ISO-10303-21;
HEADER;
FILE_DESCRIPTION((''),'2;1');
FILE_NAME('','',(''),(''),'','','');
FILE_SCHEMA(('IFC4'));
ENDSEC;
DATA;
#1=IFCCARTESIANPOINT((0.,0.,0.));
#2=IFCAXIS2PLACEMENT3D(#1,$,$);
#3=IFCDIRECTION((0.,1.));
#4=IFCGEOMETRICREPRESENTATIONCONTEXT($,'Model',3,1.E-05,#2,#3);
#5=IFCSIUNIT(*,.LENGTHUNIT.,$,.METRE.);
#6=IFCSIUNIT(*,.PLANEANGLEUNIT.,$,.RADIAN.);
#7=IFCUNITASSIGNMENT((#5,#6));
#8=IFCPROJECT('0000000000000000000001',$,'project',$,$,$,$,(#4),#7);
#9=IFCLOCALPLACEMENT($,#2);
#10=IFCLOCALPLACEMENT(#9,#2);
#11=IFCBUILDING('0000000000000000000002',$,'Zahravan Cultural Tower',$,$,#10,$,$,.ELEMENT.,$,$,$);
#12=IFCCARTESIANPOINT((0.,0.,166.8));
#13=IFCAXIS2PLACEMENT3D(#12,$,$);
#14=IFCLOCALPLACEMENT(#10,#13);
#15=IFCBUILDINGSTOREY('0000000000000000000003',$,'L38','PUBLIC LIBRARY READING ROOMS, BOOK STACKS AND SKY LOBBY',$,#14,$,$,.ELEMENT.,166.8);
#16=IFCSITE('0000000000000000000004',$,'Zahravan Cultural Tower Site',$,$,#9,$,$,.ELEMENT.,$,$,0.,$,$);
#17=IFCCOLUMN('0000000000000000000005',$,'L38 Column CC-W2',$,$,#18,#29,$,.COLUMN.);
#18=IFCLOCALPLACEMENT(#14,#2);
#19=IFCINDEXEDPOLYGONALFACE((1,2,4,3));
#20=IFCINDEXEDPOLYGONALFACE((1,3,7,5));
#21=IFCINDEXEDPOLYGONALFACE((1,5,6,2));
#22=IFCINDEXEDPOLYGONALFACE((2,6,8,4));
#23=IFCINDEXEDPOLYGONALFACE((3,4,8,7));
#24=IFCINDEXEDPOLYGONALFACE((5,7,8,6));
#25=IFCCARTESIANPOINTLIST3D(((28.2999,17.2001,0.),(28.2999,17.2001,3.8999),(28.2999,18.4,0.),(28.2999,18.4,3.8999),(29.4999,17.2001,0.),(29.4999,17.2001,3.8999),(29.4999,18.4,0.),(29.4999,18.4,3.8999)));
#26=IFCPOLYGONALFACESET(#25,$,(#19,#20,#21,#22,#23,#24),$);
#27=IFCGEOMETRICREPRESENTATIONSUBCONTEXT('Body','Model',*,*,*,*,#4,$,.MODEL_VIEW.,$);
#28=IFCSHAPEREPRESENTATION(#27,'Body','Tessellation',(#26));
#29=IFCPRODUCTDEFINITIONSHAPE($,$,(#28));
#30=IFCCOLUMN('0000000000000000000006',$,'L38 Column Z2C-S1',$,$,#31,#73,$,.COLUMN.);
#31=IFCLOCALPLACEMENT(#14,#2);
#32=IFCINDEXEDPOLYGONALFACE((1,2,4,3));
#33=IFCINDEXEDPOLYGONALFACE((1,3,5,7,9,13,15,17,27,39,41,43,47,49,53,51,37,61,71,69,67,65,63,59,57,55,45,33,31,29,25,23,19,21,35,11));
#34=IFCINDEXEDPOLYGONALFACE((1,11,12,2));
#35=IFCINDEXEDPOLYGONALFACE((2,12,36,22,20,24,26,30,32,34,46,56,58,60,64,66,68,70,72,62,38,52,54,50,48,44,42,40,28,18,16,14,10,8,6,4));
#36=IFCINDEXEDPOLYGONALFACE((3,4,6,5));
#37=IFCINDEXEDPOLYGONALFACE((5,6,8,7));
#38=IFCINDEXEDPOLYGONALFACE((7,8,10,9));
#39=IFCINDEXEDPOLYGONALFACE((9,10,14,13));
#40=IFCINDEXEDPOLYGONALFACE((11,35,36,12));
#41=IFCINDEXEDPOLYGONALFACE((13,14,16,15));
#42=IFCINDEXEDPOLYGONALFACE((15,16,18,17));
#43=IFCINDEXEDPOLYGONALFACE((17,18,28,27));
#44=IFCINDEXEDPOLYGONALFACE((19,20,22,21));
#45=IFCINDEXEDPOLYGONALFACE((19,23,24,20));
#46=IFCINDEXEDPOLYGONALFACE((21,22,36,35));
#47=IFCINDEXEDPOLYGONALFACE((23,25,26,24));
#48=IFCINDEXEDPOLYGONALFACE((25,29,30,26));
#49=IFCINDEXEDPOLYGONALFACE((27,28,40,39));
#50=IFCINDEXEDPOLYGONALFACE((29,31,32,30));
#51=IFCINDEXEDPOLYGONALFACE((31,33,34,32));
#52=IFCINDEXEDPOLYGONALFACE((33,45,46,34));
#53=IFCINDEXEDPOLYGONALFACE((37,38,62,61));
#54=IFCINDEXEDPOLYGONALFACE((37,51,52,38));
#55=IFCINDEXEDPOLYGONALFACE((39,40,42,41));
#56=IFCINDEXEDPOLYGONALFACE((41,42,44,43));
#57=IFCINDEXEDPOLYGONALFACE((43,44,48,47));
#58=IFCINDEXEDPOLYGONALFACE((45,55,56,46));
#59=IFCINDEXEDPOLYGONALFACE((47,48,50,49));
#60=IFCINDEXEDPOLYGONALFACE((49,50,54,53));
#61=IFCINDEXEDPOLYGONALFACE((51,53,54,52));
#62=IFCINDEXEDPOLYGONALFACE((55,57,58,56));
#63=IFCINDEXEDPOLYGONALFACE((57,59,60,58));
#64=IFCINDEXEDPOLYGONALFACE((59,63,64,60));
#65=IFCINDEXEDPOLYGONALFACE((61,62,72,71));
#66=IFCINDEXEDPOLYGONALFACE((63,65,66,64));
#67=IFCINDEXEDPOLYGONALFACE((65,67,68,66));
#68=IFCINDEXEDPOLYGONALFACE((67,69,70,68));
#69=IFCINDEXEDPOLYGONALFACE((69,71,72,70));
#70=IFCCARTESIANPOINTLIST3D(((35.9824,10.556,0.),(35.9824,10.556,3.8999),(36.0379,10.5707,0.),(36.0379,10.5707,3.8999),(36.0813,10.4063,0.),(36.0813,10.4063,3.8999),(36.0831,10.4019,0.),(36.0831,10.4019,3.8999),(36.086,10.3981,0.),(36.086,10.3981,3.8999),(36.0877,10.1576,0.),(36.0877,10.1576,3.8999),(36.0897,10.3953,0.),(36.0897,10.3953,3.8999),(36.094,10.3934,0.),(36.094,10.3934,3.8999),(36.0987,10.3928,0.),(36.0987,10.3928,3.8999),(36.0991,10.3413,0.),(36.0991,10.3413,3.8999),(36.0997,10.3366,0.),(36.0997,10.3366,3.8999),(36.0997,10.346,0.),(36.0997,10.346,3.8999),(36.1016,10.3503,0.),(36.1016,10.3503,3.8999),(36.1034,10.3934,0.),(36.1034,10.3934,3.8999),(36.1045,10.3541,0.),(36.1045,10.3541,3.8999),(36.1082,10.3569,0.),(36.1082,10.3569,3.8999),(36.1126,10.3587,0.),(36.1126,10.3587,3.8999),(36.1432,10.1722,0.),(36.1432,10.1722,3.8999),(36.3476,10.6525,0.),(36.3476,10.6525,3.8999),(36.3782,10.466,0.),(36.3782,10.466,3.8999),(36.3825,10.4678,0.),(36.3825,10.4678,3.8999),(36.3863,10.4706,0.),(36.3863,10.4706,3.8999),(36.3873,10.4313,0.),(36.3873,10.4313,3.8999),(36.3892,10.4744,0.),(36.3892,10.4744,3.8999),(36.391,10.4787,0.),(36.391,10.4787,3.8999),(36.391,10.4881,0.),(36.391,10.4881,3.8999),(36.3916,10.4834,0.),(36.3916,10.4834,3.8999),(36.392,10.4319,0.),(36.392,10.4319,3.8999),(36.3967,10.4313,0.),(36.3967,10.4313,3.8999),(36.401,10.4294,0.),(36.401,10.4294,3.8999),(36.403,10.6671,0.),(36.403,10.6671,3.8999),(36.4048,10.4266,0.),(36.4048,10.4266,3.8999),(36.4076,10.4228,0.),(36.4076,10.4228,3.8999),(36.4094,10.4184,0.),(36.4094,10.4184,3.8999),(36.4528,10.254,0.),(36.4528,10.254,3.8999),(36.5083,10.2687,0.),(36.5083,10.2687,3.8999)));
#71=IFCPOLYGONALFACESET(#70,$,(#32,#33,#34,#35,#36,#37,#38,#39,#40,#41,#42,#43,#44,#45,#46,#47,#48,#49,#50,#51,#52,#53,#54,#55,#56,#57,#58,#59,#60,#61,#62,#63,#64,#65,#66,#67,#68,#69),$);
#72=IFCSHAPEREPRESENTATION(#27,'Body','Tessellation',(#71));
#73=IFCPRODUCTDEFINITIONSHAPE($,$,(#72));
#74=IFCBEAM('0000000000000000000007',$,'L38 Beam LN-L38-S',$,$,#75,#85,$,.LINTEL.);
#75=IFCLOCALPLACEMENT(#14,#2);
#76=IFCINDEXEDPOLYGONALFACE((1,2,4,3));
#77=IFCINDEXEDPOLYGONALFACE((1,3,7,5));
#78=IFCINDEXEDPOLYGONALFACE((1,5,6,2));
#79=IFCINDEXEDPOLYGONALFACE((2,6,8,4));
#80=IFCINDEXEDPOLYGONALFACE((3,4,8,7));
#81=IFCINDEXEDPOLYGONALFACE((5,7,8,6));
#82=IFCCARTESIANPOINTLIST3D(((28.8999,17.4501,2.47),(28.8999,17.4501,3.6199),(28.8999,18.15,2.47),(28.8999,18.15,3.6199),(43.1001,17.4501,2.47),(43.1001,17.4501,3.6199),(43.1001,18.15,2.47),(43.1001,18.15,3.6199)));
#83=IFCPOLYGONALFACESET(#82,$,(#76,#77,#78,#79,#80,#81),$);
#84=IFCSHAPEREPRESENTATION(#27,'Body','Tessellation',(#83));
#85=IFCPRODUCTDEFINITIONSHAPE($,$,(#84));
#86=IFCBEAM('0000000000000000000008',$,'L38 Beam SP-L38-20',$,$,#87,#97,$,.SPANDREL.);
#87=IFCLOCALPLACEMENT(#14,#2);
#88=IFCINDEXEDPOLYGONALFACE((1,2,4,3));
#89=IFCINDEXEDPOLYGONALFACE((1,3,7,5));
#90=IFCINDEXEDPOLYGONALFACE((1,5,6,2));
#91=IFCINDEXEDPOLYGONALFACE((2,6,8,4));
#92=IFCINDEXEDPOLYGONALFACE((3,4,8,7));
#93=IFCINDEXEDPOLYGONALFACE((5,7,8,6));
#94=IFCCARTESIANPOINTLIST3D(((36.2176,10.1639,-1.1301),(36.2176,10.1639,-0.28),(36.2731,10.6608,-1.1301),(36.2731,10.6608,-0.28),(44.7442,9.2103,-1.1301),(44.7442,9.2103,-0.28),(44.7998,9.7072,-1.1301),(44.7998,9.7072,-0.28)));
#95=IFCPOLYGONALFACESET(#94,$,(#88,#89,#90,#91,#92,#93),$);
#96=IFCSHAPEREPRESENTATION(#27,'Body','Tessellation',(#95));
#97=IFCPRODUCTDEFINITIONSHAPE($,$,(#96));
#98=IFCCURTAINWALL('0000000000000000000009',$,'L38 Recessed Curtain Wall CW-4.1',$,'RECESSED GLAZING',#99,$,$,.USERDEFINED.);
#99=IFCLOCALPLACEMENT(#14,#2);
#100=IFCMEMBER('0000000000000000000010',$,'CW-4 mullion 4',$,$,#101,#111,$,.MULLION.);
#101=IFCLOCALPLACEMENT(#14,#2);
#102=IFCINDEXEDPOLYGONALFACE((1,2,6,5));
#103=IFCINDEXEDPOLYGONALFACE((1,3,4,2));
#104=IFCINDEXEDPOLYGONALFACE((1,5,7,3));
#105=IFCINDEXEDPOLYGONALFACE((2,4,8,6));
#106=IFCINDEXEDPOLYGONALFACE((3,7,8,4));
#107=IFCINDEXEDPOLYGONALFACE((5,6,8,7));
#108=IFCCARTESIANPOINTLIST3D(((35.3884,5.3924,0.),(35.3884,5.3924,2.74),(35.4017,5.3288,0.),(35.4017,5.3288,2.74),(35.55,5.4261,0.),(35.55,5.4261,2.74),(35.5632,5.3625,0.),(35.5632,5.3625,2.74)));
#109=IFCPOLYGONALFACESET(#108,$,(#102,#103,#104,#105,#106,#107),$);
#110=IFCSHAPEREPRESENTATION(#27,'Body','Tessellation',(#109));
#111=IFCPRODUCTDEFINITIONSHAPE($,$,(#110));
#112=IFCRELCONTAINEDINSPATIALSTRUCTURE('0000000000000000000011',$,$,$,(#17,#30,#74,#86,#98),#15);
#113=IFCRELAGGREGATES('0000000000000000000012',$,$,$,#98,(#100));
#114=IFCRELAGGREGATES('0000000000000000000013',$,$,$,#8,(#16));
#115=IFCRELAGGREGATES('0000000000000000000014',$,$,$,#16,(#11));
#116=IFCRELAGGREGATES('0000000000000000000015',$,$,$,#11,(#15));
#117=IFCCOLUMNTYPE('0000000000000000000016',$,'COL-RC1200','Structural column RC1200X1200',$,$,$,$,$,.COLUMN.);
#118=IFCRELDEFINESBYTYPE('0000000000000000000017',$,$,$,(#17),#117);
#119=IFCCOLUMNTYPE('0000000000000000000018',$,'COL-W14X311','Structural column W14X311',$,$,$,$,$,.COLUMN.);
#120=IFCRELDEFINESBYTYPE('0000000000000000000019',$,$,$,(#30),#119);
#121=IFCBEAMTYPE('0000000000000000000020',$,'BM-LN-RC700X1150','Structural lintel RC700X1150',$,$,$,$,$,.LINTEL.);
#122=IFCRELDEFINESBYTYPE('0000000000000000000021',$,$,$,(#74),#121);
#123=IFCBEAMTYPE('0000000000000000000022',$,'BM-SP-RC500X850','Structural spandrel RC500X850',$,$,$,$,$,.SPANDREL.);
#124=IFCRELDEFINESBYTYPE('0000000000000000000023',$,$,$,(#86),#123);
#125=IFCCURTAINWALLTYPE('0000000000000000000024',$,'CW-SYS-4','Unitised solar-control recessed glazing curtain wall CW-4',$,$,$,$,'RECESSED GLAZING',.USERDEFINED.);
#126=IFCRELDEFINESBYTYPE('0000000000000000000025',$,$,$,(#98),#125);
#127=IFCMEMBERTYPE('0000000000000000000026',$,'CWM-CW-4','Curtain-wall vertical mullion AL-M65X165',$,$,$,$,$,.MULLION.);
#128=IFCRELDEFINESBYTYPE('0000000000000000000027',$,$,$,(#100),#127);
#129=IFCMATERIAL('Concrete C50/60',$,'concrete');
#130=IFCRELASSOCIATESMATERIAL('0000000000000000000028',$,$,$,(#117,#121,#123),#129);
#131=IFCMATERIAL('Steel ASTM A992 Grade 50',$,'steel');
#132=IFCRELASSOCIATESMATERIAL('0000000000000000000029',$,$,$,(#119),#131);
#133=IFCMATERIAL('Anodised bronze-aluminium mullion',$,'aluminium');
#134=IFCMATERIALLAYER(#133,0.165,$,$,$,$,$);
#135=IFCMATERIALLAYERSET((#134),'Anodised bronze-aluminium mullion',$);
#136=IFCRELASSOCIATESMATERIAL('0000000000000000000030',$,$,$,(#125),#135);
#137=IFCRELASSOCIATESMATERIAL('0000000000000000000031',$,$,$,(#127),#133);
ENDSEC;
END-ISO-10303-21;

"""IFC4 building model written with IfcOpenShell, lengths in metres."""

from ifc_helpers import new_model, si_unit, direction, frame, origin, origin_2d, place, context, subcontext, project, spatial, rectangle, i_section, extrude, source, transform, mapped, material, layer, layer_set, material_profile, profile_set, type_object, element, aggregate, save


model = new_model("IFC4")

# Units and contexts
model_context = context("Model", 3, precision=1e-05, world=origin(), true_north=direction((0.0, 1.0)))
body_context = subcontext(model_context, "Body", "Model", "MODEL_VIEW")
ifc_project = project(units=[si_unit("LENGTHUNIT", "METRE"), si_unit("PLANEANGLEUNIT", "RADIAN")], contexts=[model_context])

# Site, building, storey
site_placement = place(None, origin())
site = spatial("IfcSite", under=ifc_project, at=site_placement, Name="Zahravan Cultural Tower Site", CompositionType="ELEMENT", RefElevation=0.0)
building_placement = place(site_placement, origin())
building = spatial("IfcBuilding", under=site, at=building_placement, Name="Zahravan Cultural Tower", CompositionType="ELEMENT")
storey_placement = place(building_placement, frame((0.0, 0.0, 166.8)))
storey = spatial("IfcBuildingStorey", under=building, at=storey_placement, Name="L38", Description="PUBLIC LIBRARY READING ROOMS, BOOK STACKS AND SKY LOBBY", CompositionType="ELEMENT", Elevation=166.8)

# Columns
ifc_material_1 = material(Name="Concrete C50/60", Category="concrete")
ifc_material_profile_1 = material_profile(ifc_material_1, rectangle(XDim=1.2, YDim=1.2, at=origin_2d()), Name="RC1200X1200")
ifc_profile_set_1 = profile_set([ifc_material_profile_1], Name="Concrete C50/60")
column_type_1 = type_object("IfcColumnType", Name="COL-RC1200", Description="Structural column RC1200X1200", PredefinedType="COLUMN", material=ifc_profile_set_1)
shared_shape_1 = source(origin(), body_context, "Body", "SweptSolid", [
    extrude(rectangle(XDim=1.2, YDim=1.2, at=origin_2d()), origin(), (0.0, 0.0, 1.0), 3.8999),
])
column_1_placement = place(storey_placement, frame((28.8999, 17.8, 0.0), z_axis=(0.0, 0.0, 1.0), x_axis=(1.0, 0.0, 0.0)))
element("IfcColumn", 1, at=column_1_placement, inside=storey, type_object=column_type_1, Name="L38 Column CC-W2", PredefinedType="COLUMN", context=body_context, shape_type="MappedRepresentation", body=[
    mapped(shared_shape_1, transform((0.0, 0.0, 0.0), x_axis=(1.0, 0.0, 0.0), y_axis=(0.0, 1.0, 0.0), z_axis=(0.0, 0.0, 1.0), scale=1.0)),
])
ifc_material_2 = material(Name="Steel ASTM A992 Grade 50", Category="steel")
ifc_material_profile_2 = material_profile(ifc_material_2, i_section(OverallWidth=0.4121, OverallDepth=0.4351, WebThickness=0.0359, FlangeThickness=0.0574, FilletRadius=0.0181, at=origin_2d()), Name="W14X311")
ifc_profile_set_2 = profile_set([ifc_material_profile_2], Name="Steel ASTM A992 Grade 50")
column_type_2 = type_object("IfcColumnType", Name="COL-W14X311", Description="Structural column W14X311", PredefinedType="COLUMN", material=ifc_profile_set_2)
shared_shape_2 = source(origin(), body_context, "Body", "SweptSolid", [
    extrude(i_section(OverallWidth=0.4121, OverallDepth=0.4351, WebThickness=0.0359, FlangeThickness=0.0574, FilletRadius=0.0181, at=origin_2d()), origin(), (0.0, 0.0, 1.0), 3.8999),
])
column_2_placement = place(storey_placement, frame((36.2454, 10.4124, 0.0), z_axis=(0.0, 0.0, 1.0), x_axis=(-0.255446, 0.966823, 0.0)))
element("IfcColumn", 2, at=column_2_placement, inside=storey, type_object=column_type_2, Name="L38 Column Z2C-S1", PredefinedType="COLUMN", context=body_context, shape_type="MappedRepresentation", body=[
    mapped(shared_shape_2, transform((0.0, 0.0, 0.0), x_axis=(1.0, 0.0, 0.0), y_axis=(0.0, 1.0, 0.0), z_axis=(0.0, 0.0, 1.0), scale=1.0)),
])

# Beams
ifc_material_profile_3 = material_profile(ifc_material_1, rectangle(XDim=0.7, YDim=1.1499, at=origin_2d()), Name="RC700X1150")
ifc_profile_set_3 = profile_set([ifc_material_profile_3], Name="Concrete C50/60")
beam_type_1 = type_object("IfcBeamType", Name="BM-LN-RC700X1150", Description="Structural lintel RC700X1150", PredefinedType="LINTEL", material=ifc_profile_set_3)
shared_shape_3 = source(origin(), body_context, "Body", "SweptSolid", [
    extrude(rectangle(XDim=0.7, YDim=1.1499, at=origin_2d()), origin(), (0.0, 0.0, 1.0), 14.2002),
])
beam_1_placement = place(storey_placement, frame((28.8999, 17.8, 3.0449), z_axis=(1.0, 0.0, 0.0), x_axis=(0.0, 1.0, 0.0)))
element("IfcBeam", 3, at=beam_1_placement, inside=storey, type_object=beam_type_1, Name="L38 Beam LN-L38-S", PredefinedType="LINTEL", context=body_context, shape_type="MappedRepresentation", body=[
    mapped(shared_shape_3, transform((0.0, 0.0, 0.0), x_axis=(1.0, 0.0, 0.0), y_axis=(0.0, 1.0, 0.0), z_axis=(0.0, 0.0, 1.0), scale=1.0)),
])
ifc_material_profile_4 = material_profile(ifc_material_1, rectangle(XDim=0.5, YDim=0.8501, at=origin_2d()), Name="RC500X850")
ifc_profile_set_4 = profile_set([ifc_material_profile_4], Name="Concrete C50/60")
beam_type_2 = type_object("IfcBeamType", Name="BM-SP-RC500X850", Description="Structural spandrel RC500X850", PredefinedType="SPANDREL", material=ifc_profile_set_4)
shared_shape_4 = source(origin(), body_context, "Body", "SweptSolid", [
    extrude(rectangle(XDim=0.5, YDim=0.8501, at=origin_2d()), origin(), (0.0, 0.0, 1.0), 8.5798),
])
beam_2_placement = place(storey_placement, frame((36.2454, 10.4124, -0.7051), z_axis=(0.993804, -0.111147, 0.0), x_axis=(0.111147, 0.993804, 0.0)))
element("IfcBeam", 4, at=beam_2_placement, inside=storey, type_object=beam_type_2, Name="L38 Beam SP-L38-20", PredefinedType="SPANDREL", context=body_context, shape_type="MappedRepresentation", body=[
    mapped(shared_shape_4, transform((0.0, 0.0, 0.0), x_axis=(1.0, 0.0, 0.0), y_axis=(0.0, 1.0, 0.0), z_axis=(0.0, 0.0, 1.0), scale=1.0)),
])

# Curtain wall, member
ifc_material_3 = material(Name="Anodised bronze-aluminium mullion", Category="aluminium")
ifc_layer_1 = layer(ifc_material_3, 0.165)
ifc_layer_set_1 = layer_set([ifc_layer_1], Name="Anodised bronze-aluminium mullion")
curtain_wall_type = type_object("IfcCurtainWallType", Name="CW-SYS-4", Description="Unitised solar-control recessed glazing curtain wall CW-4", ElementType="RECESSED GLAZING", PredefinedType="USERDEFINED", material=ifc_layer_set_1)
curtain_wall_placement = place(storey_placement, origin())
curtain_wall = element("IfcCurtainWall", 5, at=curtain_wall_placement, inside=storey, type_object=curtain_wall_type, Name="L38 Recessed Curtain Wall CW-4.1", ObjectType="RECESSED GLAZING", PredefinedType="USERDEFINED")
ifc_material_profile_5 = material_profile(ifc_material_3, rectangle(XDim=0.0649, YDim=0.165, at=origin_2d()), Name="AL-M65X165")
ifc_profile_set_5 = profile_set([ifc_material_profile_5], Name="Anodised bronze-aluminium mullion")
member_type = type_object("IfcMemberType", Name="CWM-CW-4", Description="Curtain-wall vertical mullion AL-M65X165", PredefinedType="MULLION", material=ifc_profile_set_5)
shared_shape_5 = source(origin(), body_context, "Body", "SweptSolid", [
    extrude(rectangle(XDim=0.0649, YDim=0.165, at=origin_2d()), origin(), (0.0, 0.0, 1.0), 2.74),
])
member_placement = place(storey_placement, frame((35.4758, 5.3774, 0.0), z_axis=(0.0, 0.0, 1.0), x_axis=(0.204162, -0.978937, 0.0)))
member = element("IfcMember", 6, at=member_placement, type_object=member_type, Name="CW-4 mullion 4", PredefinedType="MULLION", context=body_context, shape_type="MappedRepresentation", body=[
    mapped(shared_shape_5, transform((0.0, 0.0, 0.0), x_axis=(1.0, 0.0, 0.0), y_axis=(0.0, 1.0, 0.0), z_axis=(0.0, 0.0, 1.0), scale=1.0)),
])
aggregate(curtain_wall, [member])

save(model, "model.ifc")
